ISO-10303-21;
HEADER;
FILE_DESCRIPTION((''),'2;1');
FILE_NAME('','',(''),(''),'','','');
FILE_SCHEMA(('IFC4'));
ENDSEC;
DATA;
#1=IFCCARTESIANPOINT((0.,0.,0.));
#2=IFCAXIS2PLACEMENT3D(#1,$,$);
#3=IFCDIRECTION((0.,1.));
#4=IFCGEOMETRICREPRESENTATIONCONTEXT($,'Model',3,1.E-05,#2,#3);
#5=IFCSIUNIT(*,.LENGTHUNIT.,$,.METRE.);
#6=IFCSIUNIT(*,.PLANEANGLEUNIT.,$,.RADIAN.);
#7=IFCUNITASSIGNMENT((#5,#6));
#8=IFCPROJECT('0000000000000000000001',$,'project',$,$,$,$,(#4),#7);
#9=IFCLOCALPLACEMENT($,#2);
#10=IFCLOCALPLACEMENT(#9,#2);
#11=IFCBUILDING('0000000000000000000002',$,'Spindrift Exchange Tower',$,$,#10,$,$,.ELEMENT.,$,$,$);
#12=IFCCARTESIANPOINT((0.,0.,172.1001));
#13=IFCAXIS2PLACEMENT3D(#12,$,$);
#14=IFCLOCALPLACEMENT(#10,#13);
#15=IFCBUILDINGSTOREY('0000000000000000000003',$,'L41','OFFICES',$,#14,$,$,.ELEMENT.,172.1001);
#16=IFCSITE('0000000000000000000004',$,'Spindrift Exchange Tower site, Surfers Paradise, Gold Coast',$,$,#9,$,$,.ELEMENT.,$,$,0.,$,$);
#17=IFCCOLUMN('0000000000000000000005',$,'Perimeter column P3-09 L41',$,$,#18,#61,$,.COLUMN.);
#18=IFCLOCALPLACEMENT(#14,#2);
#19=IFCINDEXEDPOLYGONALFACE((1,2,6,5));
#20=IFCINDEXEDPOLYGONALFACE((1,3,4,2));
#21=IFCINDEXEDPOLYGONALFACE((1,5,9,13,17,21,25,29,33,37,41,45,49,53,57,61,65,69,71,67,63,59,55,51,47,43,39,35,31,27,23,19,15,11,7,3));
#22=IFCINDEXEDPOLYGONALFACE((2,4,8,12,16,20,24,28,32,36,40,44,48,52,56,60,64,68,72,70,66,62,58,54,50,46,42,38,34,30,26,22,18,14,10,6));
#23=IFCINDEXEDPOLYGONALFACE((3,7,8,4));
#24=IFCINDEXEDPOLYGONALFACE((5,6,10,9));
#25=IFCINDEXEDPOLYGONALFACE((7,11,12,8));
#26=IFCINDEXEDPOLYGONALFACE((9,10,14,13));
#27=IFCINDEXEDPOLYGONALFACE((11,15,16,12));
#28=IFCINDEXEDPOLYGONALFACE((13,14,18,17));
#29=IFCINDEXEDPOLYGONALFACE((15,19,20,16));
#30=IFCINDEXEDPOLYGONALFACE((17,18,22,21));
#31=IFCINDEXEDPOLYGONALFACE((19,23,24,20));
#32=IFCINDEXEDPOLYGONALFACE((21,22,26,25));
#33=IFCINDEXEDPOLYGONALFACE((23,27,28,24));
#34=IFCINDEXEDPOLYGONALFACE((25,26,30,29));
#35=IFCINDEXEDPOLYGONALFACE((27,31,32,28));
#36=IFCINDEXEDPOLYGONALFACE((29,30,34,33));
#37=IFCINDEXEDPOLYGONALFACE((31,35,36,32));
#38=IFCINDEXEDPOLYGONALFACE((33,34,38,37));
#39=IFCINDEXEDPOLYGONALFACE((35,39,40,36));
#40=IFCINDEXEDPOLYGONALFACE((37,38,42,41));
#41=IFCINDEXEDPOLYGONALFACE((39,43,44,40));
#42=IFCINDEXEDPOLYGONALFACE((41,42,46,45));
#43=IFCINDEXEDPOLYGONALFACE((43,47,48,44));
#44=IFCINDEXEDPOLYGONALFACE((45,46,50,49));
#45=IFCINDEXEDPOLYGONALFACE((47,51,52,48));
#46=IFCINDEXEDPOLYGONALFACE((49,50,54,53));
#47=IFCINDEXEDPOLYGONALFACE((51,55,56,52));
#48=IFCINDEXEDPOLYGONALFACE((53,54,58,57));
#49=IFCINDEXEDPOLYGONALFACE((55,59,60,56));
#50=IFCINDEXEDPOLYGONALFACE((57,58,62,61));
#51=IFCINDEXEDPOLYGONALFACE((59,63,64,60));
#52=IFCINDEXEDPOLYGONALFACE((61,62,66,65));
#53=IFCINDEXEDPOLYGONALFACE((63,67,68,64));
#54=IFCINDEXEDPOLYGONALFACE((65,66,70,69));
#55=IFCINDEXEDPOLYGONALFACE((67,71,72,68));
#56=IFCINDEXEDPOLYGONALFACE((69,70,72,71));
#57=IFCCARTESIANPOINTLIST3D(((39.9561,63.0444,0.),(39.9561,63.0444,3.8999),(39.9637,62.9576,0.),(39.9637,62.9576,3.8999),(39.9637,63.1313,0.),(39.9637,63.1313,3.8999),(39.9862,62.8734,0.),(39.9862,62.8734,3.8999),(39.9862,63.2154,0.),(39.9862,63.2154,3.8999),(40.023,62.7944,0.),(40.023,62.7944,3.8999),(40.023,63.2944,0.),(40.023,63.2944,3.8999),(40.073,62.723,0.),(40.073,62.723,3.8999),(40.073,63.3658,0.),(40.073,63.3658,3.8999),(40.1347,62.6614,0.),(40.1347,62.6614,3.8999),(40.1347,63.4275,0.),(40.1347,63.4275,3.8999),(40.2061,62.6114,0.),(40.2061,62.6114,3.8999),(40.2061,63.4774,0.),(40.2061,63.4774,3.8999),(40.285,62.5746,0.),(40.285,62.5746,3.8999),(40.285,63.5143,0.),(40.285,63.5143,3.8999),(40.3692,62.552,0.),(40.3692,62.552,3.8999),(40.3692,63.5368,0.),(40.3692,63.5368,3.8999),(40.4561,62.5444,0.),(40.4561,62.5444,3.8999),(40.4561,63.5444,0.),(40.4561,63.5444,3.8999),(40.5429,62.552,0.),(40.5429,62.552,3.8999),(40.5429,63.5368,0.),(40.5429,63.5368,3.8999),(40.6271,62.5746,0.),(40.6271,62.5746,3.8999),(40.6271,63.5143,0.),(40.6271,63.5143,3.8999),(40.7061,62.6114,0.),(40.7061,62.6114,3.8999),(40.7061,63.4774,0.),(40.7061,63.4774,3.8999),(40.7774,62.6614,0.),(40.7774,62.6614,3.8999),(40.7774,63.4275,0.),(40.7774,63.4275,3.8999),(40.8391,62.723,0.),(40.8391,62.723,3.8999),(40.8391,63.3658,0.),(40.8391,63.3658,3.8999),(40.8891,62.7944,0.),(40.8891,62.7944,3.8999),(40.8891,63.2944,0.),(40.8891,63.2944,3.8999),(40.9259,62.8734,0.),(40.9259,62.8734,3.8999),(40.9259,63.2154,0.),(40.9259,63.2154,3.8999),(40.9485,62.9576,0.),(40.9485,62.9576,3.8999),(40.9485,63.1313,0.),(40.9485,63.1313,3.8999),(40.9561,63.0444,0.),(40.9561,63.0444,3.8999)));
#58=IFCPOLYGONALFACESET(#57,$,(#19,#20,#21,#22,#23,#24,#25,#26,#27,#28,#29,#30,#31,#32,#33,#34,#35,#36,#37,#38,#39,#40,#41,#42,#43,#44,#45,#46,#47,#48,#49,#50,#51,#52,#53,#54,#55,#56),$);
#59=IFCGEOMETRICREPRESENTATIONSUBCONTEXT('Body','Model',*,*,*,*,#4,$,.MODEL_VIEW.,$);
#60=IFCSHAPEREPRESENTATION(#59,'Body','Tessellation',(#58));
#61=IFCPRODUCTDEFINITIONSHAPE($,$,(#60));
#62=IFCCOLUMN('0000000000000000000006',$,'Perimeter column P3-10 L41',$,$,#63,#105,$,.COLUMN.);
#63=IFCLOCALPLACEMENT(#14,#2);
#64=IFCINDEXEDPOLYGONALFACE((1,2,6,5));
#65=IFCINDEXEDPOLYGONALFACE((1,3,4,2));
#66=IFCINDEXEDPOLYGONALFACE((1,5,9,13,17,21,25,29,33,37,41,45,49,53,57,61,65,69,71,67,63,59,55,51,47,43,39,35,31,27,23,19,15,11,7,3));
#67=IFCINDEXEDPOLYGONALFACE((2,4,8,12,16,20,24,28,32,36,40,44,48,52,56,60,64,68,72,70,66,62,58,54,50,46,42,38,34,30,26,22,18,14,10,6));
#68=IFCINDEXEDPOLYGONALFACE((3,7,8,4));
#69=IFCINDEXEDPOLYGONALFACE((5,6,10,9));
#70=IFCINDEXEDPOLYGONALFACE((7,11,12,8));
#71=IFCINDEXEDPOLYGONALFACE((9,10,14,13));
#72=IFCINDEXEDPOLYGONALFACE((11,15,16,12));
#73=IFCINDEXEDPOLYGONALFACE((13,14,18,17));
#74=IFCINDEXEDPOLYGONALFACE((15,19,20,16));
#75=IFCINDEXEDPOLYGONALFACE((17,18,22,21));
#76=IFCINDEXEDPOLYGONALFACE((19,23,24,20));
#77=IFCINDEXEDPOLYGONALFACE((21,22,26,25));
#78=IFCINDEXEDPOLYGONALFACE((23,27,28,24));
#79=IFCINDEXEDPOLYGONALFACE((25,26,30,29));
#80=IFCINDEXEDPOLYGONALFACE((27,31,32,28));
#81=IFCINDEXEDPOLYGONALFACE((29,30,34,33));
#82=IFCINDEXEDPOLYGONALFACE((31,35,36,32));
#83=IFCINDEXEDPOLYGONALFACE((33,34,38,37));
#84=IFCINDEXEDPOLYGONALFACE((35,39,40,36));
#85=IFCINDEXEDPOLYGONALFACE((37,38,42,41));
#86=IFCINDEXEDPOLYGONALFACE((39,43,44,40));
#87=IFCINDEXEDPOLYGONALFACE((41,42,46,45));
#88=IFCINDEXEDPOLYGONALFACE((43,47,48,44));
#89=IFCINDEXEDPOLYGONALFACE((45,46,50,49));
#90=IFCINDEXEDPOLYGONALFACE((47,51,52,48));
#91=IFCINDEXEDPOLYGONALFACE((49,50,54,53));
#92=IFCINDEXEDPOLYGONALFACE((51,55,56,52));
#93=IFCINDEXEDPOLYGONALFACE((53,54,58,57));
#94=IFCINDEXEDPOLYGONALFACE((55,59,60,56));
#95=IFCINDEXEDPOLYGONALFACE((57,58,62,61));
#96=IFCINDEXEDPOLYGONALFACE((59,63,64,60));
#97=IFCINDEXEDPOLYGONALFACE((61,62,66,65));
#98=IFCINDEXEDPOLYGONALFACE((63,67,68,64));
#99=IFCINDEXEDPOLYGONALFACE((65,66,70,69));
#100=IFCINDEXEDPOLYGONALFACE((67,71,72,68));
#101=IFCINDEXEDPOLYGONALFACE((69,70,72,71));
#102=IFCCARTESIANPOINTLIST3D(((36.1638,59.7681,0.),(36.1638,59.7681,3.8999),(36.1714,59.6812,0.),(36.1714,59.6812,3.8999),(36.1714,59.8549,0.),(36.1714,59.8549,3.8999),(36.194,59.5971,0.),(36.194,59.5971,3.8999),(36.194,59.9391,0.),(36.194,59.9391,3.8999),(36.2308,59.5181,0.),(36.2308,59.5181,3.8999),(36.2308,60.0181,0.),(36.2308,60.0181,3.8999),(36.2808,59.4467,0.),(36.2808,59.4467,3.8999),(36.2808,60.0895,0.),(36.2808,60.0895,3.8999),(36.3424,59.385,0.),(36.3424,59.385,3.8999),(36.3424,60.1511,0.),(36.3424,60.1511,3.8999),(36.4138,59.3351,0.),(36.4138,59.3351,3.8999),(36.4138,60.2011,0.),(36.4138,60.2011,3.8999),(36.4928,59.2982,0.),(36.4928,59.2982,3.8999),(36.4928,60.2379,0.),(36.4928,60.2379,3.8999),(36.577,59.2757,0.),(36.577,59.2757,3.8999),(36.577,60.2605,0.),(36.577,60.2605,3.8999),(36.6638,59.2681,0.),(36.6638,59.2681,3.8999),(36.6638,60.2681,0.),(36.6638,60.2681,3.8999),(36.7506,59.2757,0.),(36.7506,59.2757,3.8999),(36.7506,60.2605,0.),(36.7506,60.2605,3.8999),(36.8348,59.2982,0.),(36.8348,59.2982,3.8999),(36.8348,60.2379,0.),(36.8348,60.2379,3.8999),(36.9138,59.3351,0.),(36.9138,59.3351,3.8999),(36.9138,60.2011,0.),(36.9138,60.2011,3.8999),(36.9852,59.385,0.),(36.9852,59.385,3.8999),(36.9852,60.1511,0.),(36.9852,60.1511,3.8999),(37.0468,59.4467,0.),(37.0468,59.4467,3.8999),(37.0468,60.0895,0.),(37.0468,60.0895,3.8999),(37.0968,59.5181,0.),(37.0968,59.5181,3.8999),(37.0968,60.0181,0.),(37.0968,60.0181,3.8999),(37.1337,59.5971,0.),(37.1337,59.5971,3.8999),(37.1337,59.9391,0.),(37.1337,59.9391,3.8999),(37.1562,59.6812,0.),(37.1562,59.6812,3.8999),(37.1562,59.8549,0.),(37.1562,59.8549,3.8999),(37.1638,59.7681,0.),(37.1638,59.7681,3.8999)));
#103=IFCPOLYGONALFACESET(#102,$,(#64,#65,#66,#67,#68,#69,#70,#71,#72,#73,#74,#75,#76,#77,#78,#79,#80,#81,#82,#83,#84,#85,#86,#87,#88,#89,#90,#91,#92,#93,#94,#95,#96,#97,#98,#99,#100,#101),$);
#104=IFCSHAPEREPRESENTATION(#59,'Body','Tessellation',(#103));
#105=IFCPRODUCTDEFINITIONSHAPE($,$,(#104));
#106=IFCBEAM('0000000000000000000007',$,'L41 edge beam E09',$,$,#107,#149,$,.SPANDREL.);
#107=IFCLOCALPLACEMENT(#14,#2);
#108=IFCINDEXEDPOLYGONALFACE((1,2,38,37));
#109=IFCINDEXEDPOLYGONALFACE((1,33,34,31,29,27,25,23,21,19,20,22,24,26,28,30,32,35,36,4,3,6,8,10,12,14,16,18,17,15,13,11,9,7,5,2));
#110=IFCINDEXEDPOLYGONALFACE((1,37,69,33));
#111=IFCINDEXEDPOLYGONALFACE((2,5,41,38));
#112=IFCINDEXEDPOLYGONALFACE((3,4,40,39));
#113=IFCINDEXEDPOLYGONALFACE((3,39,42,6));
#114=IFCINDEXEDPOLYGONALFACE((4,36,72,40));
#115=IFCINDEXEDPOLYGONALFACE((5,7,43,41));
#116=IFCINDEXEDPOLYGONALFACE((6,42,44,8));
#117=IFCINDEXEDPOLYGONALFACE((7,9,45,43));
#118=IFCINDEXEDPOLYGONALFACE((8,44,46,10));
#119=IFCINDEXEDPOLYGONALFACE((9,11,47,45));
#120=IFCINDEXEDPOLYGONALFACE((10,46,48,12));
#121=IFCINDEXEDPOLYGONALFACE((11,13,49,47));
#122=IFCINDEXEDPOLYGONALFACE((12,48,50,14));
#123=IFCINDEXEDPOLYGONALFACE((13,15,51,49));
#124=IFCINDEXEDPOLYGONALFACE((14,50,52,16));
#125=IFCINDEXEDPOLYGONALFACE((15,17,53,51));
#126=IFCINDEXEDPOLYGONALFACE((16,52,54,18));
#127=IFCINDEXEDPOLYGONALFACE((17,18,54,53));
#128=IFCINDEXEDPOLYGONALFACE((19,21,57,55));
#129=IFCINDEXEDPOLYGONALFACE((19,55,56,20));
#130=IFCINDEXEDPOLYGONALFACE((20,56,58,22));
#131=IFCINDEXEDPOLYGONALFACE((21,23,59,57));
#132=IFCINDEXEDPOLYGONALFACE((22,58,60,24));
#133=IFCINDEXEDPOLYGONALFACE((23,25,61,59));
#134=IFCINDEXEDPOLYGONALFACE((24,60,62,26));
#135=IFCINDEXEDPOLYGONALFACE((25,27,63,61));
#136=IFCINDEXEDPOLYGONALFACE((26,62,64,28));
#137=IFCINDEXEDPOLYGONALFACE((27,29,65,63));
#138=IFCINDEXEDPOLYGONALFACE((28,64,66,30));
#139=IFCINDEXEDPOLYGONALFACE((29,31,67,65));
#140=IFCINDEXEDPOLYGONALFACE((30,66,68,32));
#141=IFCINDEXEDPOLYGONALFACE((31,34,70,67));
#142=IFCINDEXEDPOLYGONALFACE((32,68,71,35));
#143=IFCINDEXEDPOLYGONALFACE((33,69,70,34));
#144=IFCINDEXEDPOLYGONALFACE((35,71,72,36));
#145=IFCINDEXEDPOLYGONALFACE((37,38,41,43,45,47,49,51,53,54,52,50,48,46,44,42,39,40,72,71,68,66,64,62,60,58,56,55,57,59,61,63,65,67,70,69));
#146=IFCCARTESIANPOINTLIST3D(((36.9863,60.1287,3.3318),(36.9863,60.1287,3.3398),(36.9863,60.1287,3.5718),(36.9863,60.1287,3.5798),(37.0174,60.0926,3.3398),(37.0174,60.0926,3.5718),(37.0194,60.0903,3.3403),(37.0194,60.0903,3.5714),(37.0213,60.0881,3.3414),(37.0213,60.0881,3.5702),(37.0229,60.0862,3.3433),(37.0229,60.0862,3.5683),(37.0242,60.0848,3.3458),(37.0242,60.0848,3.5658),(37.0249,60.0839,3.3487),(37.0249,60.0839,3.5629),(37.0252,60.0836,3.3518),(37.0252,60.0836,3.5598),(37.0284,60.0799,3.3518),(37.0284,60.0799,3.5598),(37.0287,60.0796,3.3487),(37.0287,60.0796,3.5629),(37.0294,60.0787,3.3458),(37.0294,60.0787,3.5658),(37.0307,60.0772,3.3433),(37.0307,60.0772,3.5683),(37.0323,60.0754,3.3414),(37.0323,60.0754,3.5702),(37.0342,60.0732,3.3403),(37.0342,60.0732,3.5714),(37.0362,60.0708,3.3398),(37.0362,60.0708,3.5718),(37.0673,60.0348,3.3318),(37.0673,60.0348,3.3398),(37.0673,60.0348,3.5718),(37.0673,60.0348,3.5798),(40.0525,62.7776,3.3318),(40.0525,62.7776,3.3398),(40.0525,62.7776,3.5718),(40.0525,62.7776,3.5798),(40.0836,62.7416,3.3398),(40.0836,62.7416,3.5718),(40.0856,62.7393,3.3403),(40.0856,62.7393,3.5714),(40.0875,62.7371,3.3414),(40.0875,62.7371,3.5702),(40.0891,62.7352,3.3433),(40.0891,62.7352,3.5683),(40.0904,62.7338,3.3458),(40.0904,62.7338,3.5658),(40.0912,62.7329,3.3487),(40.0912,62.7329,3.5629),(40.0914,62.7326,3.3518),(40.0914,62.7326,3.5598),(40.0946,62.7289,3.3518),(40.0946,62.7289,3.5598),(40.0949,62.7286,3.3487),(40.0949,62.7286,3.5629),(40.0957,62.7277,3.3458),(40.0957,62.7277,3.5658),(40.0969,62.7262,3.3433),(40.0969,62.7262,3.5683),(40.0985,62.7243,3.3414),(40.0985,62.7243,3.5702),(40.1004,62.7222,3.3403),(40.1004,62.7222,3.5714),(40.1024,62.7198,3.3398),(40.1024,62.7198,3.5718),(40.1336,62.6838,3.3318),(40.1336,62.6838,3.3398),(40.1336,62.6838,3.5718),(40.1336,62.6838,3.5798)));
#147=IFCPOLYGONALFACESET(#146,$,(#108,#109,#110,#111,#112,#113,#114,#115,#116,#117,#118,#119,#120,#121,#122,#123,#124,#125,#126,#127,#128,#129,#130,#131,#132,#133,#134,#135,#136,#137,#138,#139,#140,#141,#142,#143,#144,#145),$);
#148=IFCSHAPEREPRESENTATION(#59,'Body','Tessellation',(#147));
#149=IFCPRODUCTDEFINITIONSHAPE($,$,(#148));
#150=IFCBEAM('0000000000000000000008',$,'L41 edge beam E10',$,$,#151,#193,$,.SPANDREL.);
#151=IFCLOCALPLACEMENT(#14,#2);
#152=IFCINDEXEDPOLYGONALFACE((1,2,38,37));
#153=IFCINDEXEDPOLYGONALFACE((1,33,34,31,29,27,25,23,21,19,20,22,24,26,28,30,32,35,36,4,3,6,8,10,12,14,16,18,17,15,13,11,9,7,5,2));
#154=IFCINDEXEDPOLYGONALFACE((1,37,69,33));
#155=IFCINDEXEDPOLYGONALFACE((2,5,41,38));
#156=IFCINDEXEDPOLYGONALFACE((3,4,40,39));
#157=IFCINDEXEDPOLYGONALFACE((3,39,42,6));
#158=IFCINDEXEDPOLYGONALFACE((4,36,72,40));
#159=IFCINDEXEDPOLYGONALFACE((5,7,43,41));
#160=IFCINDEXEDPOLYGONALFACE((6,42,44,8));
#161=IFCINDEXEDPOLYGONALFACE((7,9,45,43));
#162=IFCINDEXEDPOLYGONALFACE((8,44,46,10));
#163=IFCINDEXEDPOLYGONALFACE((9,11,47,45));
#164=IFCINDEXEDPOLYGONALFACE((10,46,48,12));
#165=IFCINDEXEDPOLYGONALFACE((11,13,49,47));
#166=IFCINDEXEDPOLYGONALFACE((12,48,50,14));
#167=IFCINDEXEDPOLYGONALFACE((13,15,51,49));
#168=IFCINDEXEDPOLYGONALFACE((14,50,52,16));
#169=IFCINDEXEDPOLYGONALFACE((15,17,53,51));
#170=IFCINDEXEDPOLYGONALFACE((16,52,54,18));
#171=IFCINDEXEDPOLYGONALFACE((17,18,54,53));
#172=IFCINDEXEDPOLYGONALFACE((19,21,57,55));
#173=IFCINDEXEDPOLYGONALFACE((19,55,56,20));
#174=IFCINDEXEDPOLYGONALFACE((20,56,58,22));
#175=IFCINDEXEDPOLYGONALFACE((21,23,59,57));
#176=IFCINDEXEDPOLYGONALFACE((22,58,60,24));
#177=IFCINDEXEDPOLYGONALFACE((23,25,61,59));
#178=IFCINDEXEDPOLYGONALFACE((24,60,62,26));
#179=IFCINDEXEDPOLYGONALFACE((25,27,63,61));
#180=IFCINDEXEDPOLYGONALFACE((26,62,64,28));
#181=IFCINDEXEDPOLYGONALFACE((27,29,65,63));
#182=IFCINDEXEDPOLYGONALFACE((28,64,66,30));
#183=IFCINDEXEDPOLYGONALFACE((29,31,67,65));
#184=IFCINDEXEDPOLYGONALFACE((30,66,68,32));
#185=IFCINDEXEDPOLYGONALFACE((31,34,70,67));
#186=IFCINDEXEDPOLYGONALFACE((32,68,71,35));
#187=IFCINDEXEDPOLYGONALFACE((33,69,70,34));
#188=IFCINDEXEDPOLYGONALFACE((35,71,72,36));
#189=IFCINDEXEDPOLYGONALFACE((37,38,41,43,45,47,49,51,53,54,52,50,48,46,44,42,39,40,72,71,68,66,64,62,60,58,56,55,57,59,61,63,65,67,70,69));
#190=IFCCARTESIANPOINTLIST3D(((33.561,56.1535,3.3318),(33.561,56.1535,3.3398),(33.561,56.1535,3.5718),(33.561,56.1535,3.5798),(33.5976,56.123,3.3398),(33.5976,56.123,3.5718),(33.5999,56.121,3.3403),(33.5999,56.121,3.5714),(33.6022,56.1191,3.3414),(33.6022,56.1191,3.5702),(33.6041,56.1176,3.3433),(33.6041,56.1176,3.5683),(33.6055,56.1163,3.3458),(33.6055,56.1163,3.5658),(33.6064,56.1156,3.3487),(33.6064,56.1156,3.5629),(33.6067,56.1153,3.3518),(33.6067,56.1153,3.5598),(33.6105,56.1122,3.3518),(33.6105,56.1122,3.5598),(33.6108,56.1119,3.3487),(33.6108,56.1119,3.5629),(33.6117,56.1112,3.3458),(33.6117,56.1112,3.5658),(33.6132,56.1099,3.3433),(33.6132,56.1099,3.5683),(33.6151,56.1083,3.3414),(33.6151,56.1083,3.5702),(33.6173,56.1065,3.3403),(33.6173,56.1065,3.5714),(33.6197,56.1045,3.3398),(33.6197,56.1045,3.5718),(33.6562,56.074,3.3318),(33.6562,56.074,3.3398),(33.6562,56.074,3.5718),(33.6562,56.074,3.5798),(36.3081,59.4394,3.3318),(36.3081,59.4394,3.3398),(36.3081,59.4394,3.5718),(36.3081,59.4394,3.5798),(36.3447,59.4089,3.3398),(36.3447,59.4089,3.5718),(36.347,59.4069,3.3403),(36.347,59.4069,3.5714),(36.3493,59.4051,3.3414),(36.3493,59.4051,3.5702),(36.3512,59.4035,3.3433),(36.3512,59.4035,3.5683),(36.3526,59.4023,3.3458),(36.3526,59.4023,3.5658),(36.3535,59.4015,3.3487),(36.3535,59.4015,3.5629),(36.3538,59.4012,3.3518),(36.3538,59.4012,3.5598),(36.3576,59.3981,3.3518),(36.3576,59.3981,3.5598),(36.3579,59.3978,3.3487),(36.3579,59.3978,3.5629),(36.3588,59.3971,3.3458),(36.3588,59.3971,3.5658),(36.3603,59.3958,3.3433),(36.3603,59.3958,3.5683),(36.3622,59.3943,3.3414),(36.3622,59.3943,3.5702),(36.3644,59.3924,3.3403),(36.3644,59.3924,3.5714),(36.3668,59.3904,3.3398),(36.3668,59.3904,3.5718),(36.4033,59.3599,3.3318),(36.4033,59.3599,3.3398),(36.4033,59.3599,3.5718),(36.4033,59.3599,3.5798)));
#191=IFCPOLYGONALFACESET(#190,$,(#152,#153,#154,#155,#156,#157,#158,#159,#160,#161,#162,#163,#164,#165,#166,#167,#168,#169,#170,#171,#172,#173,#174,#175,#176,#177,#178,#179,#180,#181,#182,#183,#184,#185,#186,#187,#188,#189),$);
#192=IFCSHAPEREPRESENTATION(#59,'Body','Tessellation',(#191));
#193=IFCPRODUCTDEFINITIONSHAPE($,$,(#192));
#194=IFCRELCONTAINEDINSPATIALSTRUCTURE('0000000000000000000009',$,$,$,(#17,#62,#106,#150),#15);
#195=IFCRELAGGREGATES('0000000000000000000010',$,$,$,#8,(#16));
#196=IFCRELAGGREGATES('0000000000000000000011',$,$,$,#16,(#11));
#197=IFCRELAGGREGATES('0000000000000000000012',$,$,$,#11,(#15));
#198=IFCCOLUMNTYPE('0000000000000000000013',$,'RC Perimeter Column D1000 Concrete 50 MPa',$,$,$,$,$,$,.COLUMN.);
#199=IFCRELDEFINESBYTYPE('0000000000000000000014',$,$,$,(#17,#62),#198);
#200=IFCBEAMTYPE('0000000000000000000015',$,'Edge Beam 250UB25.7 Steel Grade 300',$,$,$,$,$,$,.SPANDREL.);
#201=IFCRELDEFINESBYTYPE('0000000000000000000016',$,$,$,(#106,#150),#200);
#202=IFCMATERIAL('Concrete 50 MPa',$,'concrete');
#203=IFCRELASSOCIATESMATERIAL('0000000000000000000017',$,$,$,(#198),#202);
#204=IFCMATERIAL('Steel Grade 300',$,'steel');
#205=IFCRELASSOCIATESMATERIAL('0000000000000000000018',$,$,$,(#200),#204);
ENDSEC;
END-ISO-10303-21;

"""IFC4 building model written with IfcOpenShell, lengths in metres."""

from ifc_helpers import new_model, si_unit, direction, frame, origin, origin_2d, place, context, subcontext, project, spatial, circle, i_section, extrude, source, transform, mapped, material, material_profile, profile_set, type_object, element, save


model = new_model("IFC4")

# Units and contexts
model_context = context("Model", 3, precision=1e-05, world=origin(), true_north=direction((0.0, 1.0)))
body_context = subcontext(model_context, "Body", "Model", "MODEL_VIEW")
ifc_project = project(units=[si_unit("LENGTHUNIT", "METRE"), si_unit("PLANEANGLEUNIT", "RADIAN")], contexts=[model_context])

# Site, building, storey
site_placement = place(None, origin())
site = spatial("IfcSite", under=ifc_project, at=site_placement, Name="Spindrift Exchange Tower site, Surfers Paradise, Gold Coast", CompositionType="ELEMENT", RefElevation=0.0)
building_placement = place(site_placement, origin())
building = spatial("IfcBuilding", under=site, at=building_placement, Name="Spindrift Exchange Tower", CompositionType="ELEMENT")
storey_placement = place(building_placement, frame((0.0, 0.0, 172.1001)))
storey = spatial("IfcBuildingStorey", under=building, at=storey_placement, Name="L41", Description="OFFICES", CompositionType="ELEMENT", Elevation=172.1001)

# Columns
ifc_material_1 = material(Name="Concrete 50 MPa", Category="concrete")
ifc_material_profile_1 = material_profile(ifc_material_1, circle(Radius=0.5, at=origin_2d()), Name="RC D1000")
ifc_profile_set_1 = profile_set([ifc_material_profile_1], Name="Concrete 50 MPa")
column_type = type_object("IfcColumnType", Name="RC Perimeter Column D1000 Concrete 50 MPa", PredefinedType="COLUMN", material=ifc_profile_set_1)
shared_shape_1 = source(origin(), body_context, "Body", "SweptSolid", [
    extrude(circle(Radius=0.5, at=origin_2d()), origin(), (0.0, 0.0, 1.0), 3.8999),
])
for number, where, z_axis, x_axis, name in (
    (1, (40.4561, 63.0444, 0.0), (0.0, 0.0, 1.0), (1.0, 0.0, 0.0), "Perimeter column P3-09 L41"),
    (2, (36.6638, 59.7681, 0.0), (0.0, 0.0, 1.0), (1.0, 0.0, 0.0), "Perimeter column P3-10 L41"),
):
    element("IfcColumn", number, at=place(storey_placement, frame(where, z_axis=z_axis, x_axis=x_axis)), inside=storey, type_object=column_type, Name=name, PredefinedType="COLUMN", context=body_context, shape_type="MappedRepresentation", body=[
        mapped(shared_shape_1, transform((0.0, 0.0, 0.0), scale=1.0)),
    ])

# Beams
ifc_material_2 = material(Name="Steel Grade 300", Category="steel")
ifc_material_profile_2 = material_profile(ifc_material_2, i_section(OverallWidth=0.124, OverallDepth=0.248, WebThickness=0.0049, FlangeThickness=0.0081, FilletRadius=0.012, at=origin_2d()), Name="250UB25.7")
ifc_profile_set_2 = profile_set([ifc_material_profile_2], Name="Steel Grade 300")
beam_type = type_object("IfcBeamType", Name="Edge Beam 250UB25.7 Steel Grade 300", PredefinedType="SPANDREL", material=ifc_profile_set_2)
shared_shape_2 = source(origin(), body_context, "Body", "SweptSolid", [
    extrude(i_section(OverallWidth=0.124, OverallDepth=0.248, WebThickness=0.0049, FlangeThickness=0.0081, FilletRadius=0.012, at=origin_2d()), origin(), (0.0, 0.0, 1.0), 4.052),
])
beam_1_placement = place(storey_placement, frame((40.093, 62.7307, 3.4558), z_axis=(-0.756716, -0.653744, 0.0), x_axis=(0.653744, -0.756716, 0.0)))
element("IfcBeam", 3, at=beam_1_placement, inside=storey, type_object=beam_type, Name="L41 edge beam E09", PredefinedType="SPANDREL", context=body_context, shape_type="MappedRepresentation", body=[
    mapped(shared_shape_2, transform((0.0, 0.0, 0.0), scale=1.0)),
])
shared_shape_3 = source(origin(), body_context, "Body", "SweptSolid", [
    extrude(i_section(OverallWidth=0.124, OverallDepth=0.248, WebThickness=0.0049, FlangeThickness=0.0081, FilletRadius=0.012, at=origin_2d()), origin(), (0.0, 0.0, 1.0), 4.283),
])
beam_2_placement = place(storey_placement, frame((36.3557, 59.3997, 3.4558), z_axis=(-0.6414, -0.767206, 0.0), x_axis=(0.767206, -0.6414, 0.0)))
element("IfcBeam", 4, at=beam_2_placement, inside=storey, type_object=beam_type, Name="L41 edge beam E10", PredefinedType="SPANDREL", context=body_context, shape_type="MappedRepresentation", body=[
    mapped(shared_shape_3, transform((0.0, 0.0, 0.0), scale=1.0)),
])

save(model, "model.ifc")
